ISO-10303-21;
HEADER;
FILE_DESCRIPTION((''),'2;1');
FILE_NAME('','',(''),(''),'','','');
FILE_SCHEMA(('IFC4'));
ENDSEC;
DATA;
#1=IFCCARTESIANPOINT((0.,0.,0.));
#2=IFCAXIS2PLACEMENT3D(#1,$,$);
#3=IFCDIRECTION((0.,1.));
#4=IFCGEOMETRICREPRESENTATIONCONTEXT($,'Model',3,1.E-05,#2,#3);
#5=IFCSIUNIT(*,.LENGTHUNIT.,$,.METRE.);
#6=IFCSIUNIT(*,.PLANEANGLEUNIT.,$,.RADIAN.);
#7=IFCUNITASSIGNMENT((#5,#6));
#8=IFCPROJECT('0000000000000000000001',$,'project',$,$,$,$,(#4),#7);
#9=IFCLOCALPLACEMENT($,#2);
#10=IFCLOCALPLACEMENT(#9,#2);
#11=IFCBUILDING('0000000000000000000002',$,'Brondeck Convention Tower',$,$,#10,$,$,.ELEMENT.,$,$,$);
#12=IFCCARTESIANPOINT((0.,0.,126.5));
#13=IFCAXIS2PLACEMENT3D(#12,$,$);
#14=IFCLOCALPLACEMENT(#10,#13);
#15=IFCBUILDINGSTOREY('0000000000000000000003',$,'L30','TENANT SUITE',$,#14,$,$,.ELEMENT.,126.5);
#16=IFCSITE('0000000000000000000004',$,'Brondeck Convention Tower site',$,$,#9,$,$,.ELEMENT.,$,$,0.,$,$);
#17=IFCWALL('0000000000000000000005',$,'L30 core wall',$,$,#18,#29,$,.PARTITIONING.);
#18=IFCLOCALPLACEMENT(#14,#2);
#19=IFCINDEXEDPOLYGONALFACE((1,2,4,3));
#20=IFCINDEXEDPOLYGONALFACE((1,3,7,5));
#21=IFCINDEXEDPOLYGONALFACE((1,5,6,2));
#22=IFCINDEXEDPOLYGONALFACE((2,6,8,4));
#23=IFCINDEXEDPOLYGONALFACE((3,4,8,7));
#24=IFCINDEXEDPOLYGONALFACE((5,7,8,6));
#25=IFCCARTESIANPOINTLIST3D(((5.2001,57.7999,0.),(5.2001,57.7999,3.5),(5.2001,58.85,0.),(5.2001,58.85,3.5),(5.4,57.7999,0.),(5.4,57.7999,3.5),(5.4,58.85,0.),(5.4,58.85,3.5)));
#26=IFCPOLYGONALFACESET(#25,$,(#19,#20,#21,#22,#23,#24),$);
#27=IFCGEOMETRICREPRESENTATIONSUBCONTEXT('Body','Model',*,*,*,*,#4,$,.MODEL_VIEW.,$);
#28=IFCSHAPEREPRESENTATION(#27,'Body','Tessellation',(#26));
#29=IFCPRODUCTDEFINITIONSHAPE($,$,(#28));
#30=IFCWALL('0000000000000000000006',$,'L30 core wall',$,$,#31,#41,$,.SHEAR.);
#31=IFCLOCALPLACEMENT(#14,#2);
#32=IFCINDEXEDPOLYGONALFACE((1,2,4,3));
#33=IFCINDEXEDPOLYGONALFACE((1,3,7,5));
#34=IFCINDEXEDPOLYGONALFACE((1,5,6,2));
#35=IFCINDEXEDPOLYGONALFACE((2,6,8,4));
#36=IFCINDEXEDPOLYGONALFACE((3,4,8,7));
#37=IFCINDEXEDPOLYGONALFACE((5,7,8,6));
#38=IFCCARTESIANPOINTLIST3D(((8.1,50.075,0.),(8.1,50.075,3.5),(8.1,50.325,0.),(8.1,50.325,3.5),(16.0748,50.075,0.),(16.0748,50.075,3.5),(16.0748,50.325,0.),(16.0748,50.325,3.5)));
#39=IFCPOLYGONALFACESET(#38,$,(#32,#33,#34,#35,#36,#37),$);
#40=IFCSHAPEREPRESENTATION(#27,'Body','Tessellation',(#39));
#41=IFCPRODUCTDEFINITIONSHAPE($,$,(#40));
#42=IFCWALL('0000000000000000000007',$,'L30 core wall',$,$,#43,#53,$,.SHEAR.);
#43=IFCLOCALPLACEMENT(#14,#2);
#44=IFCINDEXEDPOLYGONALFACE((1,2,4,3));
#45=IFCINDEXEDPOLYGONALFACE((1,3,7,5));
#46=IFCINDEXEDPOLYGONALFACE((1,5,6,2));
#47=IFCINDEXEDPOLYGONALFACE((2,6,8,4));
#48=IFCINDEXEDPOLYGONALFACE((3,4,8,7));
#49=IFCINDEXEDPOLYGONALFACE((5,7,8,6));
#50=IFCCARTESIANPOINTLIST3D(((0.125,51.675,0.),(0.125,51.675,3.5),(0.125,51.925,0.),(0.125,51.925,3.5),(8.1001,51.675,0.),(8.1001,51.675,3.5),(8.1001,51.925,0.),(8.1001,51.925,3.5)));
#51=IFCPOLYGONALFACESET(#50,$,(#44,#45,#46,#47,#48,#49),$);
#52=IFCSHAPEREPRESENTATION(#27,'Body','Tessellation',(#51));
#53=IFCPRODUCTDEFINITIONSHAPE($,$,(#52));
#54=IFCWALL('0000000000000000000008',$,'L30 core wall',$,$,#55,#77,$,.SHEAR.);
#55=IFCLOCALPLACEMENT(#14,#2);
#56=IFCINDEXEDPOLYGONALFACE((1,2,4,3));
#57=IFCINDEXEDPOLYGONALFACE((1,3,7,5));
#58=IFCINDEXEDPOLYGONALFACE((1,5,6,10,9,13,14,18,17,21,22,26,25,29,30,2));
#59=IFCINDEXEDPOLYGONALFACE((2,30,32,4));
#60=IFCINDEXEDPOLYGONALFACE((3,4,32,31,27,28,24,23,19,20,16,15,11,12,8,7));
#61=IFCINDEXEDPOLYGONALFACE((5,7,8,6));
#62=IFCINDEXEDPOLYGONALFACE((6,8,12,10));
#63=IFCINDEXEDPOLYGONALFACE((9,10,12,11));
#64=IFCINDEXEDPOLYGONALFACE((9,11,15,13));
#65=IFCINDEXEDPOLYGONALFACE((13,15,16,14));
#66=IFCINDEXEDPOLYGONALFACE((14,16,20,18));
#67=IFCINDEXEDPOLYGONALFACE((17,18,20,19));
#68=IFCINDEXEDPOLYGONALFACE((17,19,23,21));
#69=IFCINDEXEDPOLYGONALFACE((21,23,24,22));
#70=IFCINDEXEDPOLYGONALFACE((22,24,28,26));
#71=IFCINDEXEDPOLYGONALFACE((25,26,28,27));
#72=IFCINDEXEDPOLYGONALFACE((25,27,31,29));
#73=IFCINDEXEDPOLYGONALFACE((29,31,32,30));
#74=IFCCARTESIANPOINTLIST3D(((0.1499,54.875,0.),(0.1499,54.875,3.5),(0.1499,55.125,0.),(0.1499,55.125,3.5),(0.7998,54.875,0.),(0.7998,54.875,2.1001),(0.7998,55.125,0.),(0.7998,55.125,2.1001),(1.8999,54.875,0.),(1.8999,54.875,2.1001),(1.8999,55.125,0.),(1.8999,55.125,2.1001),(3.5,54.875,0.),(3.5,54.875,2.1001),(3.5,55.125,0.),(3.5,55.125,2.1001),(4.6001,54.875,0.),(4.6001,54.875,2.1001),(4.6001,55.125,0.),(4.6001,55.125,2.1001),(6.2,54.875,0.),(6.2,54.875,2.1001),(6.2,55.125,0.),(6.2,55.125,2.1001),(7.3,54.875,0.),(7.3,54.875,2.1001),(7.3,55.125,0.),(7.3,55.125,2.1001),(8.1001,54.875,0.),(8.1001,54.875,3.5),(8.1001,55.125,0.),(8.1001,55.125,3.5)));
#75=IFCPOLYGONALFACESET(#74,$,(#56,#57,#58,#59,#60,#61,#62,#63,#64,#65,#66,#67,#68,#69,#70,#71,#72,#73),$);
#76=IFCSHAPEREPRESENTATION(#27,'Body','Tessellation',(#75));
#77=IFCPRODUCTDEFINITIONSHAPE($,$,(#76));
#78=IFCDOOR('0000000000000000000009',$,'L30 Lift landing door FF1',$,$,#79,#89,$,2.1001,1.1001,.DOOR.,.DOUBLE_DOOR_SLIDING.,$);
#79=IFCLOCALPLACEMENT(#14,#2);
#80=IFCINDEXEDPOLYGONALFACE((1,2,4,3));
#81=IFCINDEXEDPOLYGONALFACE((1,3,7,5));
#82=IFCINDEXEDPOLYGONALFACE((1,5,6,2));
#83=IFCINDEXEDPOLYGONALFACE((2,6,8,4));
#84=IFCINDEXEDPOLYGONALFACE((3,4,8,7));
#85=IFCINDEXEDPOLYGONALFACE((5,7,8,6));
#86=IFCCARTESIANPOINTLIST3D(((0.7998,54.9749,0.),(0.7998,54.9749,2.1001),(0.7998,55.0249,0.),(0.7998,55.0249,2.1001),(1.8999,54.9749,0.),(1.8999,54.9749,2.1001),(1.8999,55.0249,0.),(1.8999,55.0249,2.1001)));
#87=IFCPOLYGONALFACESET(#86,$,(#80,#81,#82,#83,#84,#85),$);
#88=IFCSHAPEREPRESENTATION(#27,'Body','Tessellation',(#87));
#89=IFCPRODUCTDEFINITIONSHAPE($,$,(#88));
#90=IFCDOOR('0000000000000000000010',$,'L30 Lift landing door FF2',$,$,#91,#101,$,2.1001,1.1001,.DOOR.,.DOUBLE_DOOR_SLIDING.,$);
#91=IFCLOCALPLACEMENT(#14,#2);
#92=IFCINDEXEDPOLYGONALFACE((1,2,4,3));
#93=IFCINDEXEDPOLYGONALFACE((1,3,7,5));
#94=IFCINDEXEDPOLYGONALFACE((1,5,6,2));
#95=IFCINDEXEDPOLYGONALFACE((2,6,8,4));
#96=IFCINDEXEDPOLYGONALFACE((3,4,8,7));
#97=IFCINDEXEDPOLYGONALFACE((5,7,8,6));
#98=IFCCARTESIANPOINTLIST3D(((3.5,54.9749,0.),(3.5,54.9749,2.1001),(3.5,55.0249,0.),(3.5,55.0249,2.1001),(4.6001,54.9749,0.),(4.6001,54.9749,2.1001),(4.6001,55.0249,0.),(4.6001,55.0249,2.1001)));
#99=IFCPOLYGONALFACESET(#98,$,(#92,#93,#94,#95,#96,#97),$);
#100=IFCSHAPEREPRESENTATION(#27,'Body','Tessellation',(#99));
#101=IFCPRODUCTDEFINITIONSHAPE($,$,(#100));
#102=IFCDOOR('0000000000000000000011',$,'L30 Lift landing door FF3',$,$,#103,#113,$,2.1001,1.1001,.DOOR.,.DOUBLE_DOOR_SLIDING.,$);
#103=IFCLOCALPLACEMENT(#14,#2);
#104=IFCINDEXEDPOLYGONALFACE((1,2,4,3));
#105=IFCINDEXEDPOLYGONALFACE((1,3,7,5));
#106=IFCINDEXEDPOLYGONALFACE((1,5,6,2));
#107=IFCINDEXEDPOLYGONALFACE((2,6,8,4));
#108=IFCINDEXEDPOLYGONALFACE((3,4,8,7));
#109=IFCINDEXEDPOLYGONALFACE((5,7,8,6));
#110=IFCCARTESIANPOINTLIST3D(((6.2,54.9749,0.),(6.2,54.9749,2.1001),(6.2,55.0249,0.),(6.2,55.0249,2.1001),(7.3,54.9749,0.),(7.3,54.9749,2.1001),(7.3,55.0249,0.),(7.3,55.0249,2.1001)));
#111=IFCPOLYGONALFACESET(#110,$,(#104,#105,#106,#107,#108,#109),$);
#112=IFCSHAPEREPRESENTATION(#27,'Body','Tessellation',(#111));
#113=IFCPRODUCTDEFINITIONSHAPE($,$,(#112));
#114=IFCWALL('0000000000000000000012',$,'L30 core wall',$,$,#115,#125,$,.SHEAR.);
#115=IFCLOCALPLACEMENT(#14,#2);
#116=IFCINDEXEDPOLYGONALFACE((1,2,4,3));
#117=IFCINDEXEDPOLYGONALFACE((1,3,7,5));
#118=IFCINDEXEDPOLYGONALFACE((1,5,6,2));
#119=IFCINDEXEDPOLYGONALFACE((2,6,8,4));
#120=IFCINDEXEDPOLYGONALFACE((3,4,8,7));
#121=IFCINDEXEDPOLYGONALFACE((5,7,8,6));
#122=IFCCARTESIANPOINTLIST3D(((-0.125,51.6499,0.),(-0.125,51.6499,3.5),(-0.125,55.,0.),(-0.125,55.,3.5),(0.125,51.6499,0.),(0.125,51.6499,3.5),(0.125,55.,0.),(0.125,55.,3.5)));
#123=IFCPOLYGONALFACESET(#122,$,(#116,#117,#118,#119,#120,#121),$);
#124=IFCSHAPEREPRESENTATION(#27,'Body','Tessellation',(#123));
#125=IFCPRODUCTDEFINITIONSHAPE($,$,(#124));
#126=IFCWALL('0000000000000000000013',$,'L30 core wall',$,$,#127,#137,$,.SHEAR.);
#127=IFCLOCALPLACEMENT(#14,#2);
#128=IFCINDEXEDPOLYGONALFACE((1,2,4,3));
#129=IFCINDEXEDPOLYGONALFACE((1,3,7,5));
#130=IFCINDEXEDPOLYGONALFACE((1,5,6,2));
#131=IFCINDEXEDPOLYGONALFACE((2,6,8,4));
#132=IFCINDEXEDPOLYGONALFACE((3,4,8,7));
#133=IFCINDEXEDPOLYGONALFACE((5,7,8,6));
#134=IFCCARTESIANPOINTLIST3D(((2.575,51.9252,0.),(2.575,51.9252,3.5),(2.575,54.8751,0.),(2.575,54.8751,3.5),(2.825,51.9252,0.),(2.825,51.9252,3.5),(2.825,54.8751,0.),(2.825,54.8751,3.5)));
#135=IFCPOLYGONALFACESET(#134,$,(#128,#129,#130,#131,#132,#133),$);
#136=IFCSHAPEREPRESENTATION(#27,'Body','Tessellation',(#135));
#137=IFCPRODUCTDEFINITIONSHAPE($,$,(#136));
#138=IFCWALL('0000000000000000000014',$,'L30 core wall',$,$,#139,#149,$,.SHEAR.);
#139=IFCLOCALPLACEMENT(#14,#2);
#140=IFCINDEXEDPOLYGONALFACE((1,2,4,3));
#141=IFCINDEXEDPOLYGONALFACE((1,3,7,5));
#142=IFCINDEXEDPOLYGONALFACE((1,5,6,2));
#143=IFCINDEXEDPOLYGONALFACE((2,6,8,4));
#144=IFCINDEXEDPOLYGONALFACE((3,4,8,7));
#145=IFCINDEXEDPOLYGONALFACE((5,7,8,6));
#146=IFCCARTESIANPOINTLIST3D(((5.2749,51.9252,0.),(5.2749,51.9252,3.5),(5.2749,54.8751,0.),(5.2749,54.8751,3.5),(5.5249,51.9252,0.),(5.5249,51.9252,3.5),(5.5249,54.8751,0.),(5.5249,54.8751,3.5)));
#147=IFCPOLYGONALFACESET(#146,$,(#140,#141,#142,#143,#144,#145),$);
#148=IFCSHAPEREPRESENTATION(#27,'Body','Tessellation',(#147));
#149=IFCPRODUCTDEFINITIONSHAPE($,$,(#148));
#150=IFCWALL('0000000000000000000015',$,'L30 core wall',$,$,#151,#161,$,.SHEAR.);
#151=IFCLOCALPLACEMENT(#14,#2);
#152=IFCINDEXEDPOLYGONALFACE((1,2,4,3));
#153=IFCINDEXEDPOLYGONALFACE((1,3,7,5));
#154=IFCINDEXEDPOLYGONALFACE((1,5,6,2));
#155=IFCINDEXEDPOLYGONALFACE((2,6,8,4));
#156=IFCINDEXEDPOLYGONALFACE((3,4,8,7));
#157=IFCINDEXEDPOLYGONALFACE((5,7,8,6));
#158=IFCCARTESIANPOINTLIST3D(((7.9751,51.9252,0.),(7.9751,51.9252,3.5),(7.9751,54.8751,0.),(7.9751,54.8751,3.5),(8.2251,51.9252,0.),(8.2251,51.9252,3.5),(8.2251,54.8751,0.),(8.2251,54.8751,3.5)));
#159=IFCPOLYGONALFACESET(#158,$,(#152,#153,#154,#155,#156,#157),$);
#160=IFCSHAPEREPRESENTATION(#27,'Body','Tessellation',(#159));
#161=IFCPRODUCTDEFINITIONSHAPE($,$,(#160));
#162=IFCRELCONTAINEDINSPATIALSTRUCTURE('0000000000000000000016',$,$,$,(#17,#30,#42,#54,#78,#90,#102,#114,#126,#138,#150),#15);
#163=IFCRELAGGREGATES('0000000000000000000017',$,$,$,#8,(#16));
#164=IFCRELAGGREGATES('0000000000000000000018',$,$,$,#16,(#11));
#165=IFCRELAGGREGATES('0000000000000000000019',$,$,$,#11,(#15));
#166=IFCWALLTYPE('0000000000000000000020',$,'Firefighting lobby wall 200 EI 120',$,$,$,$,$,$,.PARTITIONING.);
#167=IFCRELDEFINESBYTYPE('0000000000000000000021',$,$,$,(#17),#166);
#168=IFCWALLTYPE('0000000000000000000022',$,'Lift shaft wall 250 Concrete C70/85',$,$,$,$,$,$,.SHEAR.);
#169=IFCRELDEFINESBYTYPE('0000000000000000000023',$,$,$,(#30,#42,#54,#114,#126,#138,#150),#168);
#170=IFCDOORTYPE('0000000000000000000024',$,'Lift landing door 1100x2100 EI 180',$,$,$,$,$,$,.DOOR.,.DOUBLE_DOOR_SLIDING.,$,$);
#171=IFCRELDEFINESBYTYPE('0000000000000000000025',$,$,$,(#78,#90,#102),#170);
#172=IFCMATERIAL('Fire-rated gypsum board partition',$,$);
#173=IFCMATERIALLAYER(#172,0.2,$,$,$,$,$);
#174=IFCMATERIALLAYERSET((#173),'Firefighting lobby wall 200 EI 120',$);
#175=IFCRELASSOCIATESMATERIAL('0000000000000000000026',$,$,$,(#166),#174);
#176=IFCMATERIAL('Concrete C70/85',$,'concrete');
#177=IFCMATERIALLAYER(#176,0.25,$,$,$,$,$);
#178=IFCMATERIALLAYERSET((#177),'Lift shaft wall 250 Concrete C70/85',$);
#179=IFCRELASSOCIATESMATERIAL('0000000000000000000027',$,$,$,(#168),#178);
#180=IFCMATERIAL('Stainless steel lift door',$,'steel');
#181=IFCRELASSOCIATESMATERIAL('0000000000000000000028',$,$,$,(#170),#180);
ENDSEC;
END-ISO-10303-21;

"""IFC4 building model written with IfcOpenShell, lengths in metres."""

from ifc_helpers import new_model, si_unit, direction, frame, frame_2d, origin, place, context, subcontext, project, spatial, rectangle, extrude, material, layer, layer_set, type_object, element, fill, save


model = new_model("IFC4")

# Units and contexts
model_context = context("Model", 3, precision=1e-05, world=origin(), true_north=direction((0.0, 1.0)))
body_context = subcontext(model_context, "Body", "Model", "MODEL_VIEW")
ifc_project = project(units=[si_unit("LENGTHUNIT", "METRE"), si_unit("PLANEANGLEUNIT", "RADIAN")], contexts=[model_context])

# Site, building, storey
site_placement = place(None, origin())
site = spatial("IfcSite", under=ifc_project, at=site_placement, Name="Brondeck Convention Tower site", CompositionType="ELEMENT", RefElevation=0.0)
building_placement = place(site_placement, origin())
building = spatial("IfcBuilding", under=site, at=building_placement, Name="Brondeck Convention Tower", CompositionType="ELEMENT")
storey_placement = place(building_placement, frame((0.0, 0.0, 126.5)))
storey = spatial("IfcBuildingStorey", under=building, at=storey_placement, Name="L30", Description="TENANT SUITE", CompositionType="ELEMENT", Elevation=126.5)

# Shared definitions
ifc_material_1 = material(Name="Concrete C70/85", Category="concrete")

# Walls
ifc_material_2 = material(Name="Fire-rated gypsum board partition")
ifc_layer_1 = layer(ifc_material_2, 0.2)
ifc_layer_set_1 = layer_set([ifc_layer_1], Name="Firefighting lobby wall 200 EI 120")
wall_type_1 = type_object("IfcWallType", Name="Firefighting lobby wall 200 EI 120", PredefinedType="PARTITIONING", material=ifc_layer_set_1)
wall_1_placement = place(storey_placement, frame((5.3, 57.8, 0.0), z_axis=(0.0, 0.0, 1.0), x_axis=(0.0, 1.0, 0.0)))
element("IfcWall", 1, at=wall_1_placement, inside=storey, type_object=wall_type_1, Name="L30 core wall", PredefinedType="PARTITIONING", context=body_context, shape_type="SweptSolid", body=[
    extrude(rectangle(XDim=1.05, YDim=0.2, at=frame_2d((0.5249, 0.0))), origin(), (0.0, 0.0, 1.0), 3.5),
])
ifc_layer_2 = layer(ifc_material_1, 0.25)
ifc_layer_set_2 = layer_set([ifc_layer_2], Name="Lift shaft wall 250 Concrete C70/85")
wall_type_2 = type_object("IfcWallType", Name="Lift shaft wall 250 Concrete C70/85", PredefinedType="SHEAR", material=ifc_layer_set_2)
wall_2_placement = place(storey_placement, frame((8.1001, 50.2, 0.0), z_axis=(0.0, 0.0, 1.0), x_axis=(1.0, 0.0, 0.0)))
element("IfcWall", 2, at=wall_2_placement, inside=storey, type_object=wall_type_2, Name="L30 core wall", PredefinedType="SHEAR", context=body_context, shape_type="SweptSolid", body=[
    extrude(rectangle(XDim=7.9749, YDim=0.25, at=frame_2d((3.9873, 0.0))), origin(), (0.0, 0.0, 1.0), 3.5),
])
wall_3_placement = place(storey_placement, frame((0.125, 51.8, 0.0), z_axis=(0.0, 0.0, 1.0), x_axis=(1.0, 0.0, 0.0)))
element("IfcWall", 3, at=wall_3_placement, inside=storey, type_object=wall_type_2, Name="L30 core wall", PredefinedType="SHEAR", context=body_context, shape_type="SweptSolid", body=[
    extrude(rectangle(XDim=7.9751, YDim=0.25, at=frame_2d((3.9875, 0.0))), origin(), (0.0, 0.0, 1.0), 3.5),
])

# Wall, openings, doors
wall_4_placement = place(storey_placement, frame((0.1499, 55.0, 0.0), z_axis=(0.0, 0.0, 1.0), x_axis=(1.0, 0.0, 0.0)))
wall_4 = element("IfcWall", 4, at=wall_4_placement, inside=storey, type_object=wall_type_2, Name="L30 core wall", PredefinedType="SHEAR", context=body_context, shape_type="SweptSolid", body=[
    extrude(rectangle(XDim=7.9502, YDim=0.25, at=frame_2d((3.9751, 0.0))), origin(), (0.0, 0.0, 1.0), 3.5),
])
opening_1_placement = place(wall_4_placement, frame((0.6499, 0.0, 0.0)))
opening_1 = element("IfcOpeningElement", 5, at=opening_1_placement, cuts=wall_4, PredefinedType="OPENING", context=body_context, shape_type="SweptSolid", body=[
    extrude(rectangle(XDim=1.1001, YDim=2.1001, at=frame_2d((0.55, 1.05))), frame((0.0, 0.135, 0.0), z_axis=(0.0, -1.0, 0.0), x_axis=(1.0, 0.0, 0.0)), (0.0, 0.0, 1.0), 0.27),
])
opening_2_placement = place(wall_4_placement, frame((3.3501, 0.0, 0.0)))
opening_2 = element("IfcOpeningElement", 6, at=opening_2_placement, cuts=wall_4, PredefinedType="OPENING", context=body_context, shape_type="SweptSolid", body=[
    extrude(rectangle(XDim=1.1001, YDim=2.1001, at=frame_2d((0.55, 1.05))), frame((0.0, 0.135, 0.0), z_axis=(0.0, -1.0, 0.0), x_axis=(1.0, 0.0, 0.0)), (0.0, 0.0, 1.0), 0.27),
])
opening_3_placement = place(wall_4_placement, frame((6.05, 0.0, 0.0)))
opening_3 = element("IfcOpeningElement", 7, at=opening_3_placement, cuts=wall_4, PredefinedType="OPENING", context=body_context, shape_type="SweptSolid", body=[
    extrude(rectangle(XDim=1.1001, YDim=2.1001, at=frame_2d((0.55, 1.05))), frame((0.0, 0.135, 0.0), z_axis=(0.0, -1.0, 0.0), x_axis=(1.0, 0.0, 0.0)), (0.0, 0.0, 1.0), 0.27),
])
ifc_material_3 = material(Name="Stainless steel lift door", Category="steel")
door_type_1 = type_object("IfcDoorType", Name="Lift landing door 1100x2100 EI 180", OperationType="DOUBLE_DOOR_SLIDING", PredefinedType="DOOR", material=ifc_material_3)
door_1_placement = place(opening_1_placement, origin())
door_1 = element("IfcDoor", 8, at=door_1_placement, inside=storey, type_object=door_type_1, Name="L30 Lift landing door FF1", OperationType="DOUBLE_DOOR_SLIDING", OverallHeight=2.1001, OverallWidth=1.1001, PredefinedType="DOOR", context=body_context, shape_type="SweptSolid", body=[
    extrude(rectangle(XDim=1.1001, YDim=2.1001, at=frame_2d((0.55, 1.05))), frame((0.0, 0.0249, 0.0), z_axis=(0.0, -1.0, 0.0), x_axis=(1.0, 0.0, 0.0)), (0.0, 0.0, 1.0), 0.05),
])
fill(opening_1, door_1)
door_2_placement = place(opening_2_placement, origin())
door_2 = element("IfcDoor", 9, at=door_2_placement, inside=storey, type_object=door_type_1, Name="L30 Lift landing door FF2", OperationType="DOUBLE_DOOR_SLIDING", OverallHeight=2.1001, OverallWidth=1.1001, PredefinedType="DOOR", context=body_context, shape_type="SweptSolid", body=[
    extrude(rectangle(XDim=1.1001, YDim=2.1001, at=frame_2d((0.55, 1.05))), frame((0.0, 0.0249, 0.0), z_axis=(0.0, -1.0, 0.0), x_axis=(1.0, 0.0, 0.0)), (0.0, 0.0, 1.0), 0.05),
])
fill(opening_2, door_2)
door_3_placement = place(opening_3_placement, origin())
door_3 = element("IfcDoor", 10, at=door_3_placement, inside=storey, type_object=door_type_1, Name="L30 Lift landing door FF3", OperationType="DOUBLE_DOOR_SLIDING", OverallHeight=2.1001, OverallWidth=1.1001, PredefinedType="DOOR", context=body_context, shape_type="SweptSolid", body=[
    extrude(rectangle(XDim=1.1001, YDim=2.1001, at=frame_2d((0.55, 1.05))), frame((0.0, 0.0249, 0.0), z_axis=(0.0, -1.0, 0.0), x_axis=(1.0, 0.0, 0.0)), (0.0, 0.0, 1.0), 0.05),
])
fill(opening_3, door_3)

# Walls
wall_5_placement = place(storey_placement, frame((0.0, 51.6499, 0.0), z_axis=(0.0, 0.0, 1.0), x_axis=(0.0, 1.0, 0.0)))
element("IfcWall", 11, at=wall_5_placement, inside=storey, type_object=wall_type_2, Name="L30 core wall", PredefinedType="SHEAR", context=body_context, shape_type="SweptSolid", body=[
    extrude(rectangle(XDim=3.3501, YDim=0.25, at=frame_2d((1.675, 0.0))), origin(), (0.0, 0.0, 1.0), 3.5),
])
for number, where, z_axis, x_axis, name in (
    (12, (2.7, 51.925, 0.0), (0.0, 0.0, 1.0), (0.0, 1.0, 0.0), "L30 core wall"),
    (13, (5.3999, 51.925, 0.0), (0.0, 0.0, 1.0), (0.0, 1.0, 0.0), "L30 core wall"),
    (14, (8.1001, 51.925, 0.0), (0.0, 0.0, 1.0), (0.0, 1.0, 0.0), "L30 core wall"),
):
    element("IfcWall", number, at=place(storey_placement, frame(where, z_axis=z_axis, x_axis=x_axis)), inside=storey, type_object=wall_type_2, Name=name, PredefinedType="SHEAR", context=body_context, shape_type="SweptSolid", body=[
        extrude(rectangle(XDim=2.95, YDim=0.25, at=frame_2d((1.4751, 0.0))), origin(), (0.0, 0.0, 1.0), 3.5),
    ])

save(model, "model.ifc")
